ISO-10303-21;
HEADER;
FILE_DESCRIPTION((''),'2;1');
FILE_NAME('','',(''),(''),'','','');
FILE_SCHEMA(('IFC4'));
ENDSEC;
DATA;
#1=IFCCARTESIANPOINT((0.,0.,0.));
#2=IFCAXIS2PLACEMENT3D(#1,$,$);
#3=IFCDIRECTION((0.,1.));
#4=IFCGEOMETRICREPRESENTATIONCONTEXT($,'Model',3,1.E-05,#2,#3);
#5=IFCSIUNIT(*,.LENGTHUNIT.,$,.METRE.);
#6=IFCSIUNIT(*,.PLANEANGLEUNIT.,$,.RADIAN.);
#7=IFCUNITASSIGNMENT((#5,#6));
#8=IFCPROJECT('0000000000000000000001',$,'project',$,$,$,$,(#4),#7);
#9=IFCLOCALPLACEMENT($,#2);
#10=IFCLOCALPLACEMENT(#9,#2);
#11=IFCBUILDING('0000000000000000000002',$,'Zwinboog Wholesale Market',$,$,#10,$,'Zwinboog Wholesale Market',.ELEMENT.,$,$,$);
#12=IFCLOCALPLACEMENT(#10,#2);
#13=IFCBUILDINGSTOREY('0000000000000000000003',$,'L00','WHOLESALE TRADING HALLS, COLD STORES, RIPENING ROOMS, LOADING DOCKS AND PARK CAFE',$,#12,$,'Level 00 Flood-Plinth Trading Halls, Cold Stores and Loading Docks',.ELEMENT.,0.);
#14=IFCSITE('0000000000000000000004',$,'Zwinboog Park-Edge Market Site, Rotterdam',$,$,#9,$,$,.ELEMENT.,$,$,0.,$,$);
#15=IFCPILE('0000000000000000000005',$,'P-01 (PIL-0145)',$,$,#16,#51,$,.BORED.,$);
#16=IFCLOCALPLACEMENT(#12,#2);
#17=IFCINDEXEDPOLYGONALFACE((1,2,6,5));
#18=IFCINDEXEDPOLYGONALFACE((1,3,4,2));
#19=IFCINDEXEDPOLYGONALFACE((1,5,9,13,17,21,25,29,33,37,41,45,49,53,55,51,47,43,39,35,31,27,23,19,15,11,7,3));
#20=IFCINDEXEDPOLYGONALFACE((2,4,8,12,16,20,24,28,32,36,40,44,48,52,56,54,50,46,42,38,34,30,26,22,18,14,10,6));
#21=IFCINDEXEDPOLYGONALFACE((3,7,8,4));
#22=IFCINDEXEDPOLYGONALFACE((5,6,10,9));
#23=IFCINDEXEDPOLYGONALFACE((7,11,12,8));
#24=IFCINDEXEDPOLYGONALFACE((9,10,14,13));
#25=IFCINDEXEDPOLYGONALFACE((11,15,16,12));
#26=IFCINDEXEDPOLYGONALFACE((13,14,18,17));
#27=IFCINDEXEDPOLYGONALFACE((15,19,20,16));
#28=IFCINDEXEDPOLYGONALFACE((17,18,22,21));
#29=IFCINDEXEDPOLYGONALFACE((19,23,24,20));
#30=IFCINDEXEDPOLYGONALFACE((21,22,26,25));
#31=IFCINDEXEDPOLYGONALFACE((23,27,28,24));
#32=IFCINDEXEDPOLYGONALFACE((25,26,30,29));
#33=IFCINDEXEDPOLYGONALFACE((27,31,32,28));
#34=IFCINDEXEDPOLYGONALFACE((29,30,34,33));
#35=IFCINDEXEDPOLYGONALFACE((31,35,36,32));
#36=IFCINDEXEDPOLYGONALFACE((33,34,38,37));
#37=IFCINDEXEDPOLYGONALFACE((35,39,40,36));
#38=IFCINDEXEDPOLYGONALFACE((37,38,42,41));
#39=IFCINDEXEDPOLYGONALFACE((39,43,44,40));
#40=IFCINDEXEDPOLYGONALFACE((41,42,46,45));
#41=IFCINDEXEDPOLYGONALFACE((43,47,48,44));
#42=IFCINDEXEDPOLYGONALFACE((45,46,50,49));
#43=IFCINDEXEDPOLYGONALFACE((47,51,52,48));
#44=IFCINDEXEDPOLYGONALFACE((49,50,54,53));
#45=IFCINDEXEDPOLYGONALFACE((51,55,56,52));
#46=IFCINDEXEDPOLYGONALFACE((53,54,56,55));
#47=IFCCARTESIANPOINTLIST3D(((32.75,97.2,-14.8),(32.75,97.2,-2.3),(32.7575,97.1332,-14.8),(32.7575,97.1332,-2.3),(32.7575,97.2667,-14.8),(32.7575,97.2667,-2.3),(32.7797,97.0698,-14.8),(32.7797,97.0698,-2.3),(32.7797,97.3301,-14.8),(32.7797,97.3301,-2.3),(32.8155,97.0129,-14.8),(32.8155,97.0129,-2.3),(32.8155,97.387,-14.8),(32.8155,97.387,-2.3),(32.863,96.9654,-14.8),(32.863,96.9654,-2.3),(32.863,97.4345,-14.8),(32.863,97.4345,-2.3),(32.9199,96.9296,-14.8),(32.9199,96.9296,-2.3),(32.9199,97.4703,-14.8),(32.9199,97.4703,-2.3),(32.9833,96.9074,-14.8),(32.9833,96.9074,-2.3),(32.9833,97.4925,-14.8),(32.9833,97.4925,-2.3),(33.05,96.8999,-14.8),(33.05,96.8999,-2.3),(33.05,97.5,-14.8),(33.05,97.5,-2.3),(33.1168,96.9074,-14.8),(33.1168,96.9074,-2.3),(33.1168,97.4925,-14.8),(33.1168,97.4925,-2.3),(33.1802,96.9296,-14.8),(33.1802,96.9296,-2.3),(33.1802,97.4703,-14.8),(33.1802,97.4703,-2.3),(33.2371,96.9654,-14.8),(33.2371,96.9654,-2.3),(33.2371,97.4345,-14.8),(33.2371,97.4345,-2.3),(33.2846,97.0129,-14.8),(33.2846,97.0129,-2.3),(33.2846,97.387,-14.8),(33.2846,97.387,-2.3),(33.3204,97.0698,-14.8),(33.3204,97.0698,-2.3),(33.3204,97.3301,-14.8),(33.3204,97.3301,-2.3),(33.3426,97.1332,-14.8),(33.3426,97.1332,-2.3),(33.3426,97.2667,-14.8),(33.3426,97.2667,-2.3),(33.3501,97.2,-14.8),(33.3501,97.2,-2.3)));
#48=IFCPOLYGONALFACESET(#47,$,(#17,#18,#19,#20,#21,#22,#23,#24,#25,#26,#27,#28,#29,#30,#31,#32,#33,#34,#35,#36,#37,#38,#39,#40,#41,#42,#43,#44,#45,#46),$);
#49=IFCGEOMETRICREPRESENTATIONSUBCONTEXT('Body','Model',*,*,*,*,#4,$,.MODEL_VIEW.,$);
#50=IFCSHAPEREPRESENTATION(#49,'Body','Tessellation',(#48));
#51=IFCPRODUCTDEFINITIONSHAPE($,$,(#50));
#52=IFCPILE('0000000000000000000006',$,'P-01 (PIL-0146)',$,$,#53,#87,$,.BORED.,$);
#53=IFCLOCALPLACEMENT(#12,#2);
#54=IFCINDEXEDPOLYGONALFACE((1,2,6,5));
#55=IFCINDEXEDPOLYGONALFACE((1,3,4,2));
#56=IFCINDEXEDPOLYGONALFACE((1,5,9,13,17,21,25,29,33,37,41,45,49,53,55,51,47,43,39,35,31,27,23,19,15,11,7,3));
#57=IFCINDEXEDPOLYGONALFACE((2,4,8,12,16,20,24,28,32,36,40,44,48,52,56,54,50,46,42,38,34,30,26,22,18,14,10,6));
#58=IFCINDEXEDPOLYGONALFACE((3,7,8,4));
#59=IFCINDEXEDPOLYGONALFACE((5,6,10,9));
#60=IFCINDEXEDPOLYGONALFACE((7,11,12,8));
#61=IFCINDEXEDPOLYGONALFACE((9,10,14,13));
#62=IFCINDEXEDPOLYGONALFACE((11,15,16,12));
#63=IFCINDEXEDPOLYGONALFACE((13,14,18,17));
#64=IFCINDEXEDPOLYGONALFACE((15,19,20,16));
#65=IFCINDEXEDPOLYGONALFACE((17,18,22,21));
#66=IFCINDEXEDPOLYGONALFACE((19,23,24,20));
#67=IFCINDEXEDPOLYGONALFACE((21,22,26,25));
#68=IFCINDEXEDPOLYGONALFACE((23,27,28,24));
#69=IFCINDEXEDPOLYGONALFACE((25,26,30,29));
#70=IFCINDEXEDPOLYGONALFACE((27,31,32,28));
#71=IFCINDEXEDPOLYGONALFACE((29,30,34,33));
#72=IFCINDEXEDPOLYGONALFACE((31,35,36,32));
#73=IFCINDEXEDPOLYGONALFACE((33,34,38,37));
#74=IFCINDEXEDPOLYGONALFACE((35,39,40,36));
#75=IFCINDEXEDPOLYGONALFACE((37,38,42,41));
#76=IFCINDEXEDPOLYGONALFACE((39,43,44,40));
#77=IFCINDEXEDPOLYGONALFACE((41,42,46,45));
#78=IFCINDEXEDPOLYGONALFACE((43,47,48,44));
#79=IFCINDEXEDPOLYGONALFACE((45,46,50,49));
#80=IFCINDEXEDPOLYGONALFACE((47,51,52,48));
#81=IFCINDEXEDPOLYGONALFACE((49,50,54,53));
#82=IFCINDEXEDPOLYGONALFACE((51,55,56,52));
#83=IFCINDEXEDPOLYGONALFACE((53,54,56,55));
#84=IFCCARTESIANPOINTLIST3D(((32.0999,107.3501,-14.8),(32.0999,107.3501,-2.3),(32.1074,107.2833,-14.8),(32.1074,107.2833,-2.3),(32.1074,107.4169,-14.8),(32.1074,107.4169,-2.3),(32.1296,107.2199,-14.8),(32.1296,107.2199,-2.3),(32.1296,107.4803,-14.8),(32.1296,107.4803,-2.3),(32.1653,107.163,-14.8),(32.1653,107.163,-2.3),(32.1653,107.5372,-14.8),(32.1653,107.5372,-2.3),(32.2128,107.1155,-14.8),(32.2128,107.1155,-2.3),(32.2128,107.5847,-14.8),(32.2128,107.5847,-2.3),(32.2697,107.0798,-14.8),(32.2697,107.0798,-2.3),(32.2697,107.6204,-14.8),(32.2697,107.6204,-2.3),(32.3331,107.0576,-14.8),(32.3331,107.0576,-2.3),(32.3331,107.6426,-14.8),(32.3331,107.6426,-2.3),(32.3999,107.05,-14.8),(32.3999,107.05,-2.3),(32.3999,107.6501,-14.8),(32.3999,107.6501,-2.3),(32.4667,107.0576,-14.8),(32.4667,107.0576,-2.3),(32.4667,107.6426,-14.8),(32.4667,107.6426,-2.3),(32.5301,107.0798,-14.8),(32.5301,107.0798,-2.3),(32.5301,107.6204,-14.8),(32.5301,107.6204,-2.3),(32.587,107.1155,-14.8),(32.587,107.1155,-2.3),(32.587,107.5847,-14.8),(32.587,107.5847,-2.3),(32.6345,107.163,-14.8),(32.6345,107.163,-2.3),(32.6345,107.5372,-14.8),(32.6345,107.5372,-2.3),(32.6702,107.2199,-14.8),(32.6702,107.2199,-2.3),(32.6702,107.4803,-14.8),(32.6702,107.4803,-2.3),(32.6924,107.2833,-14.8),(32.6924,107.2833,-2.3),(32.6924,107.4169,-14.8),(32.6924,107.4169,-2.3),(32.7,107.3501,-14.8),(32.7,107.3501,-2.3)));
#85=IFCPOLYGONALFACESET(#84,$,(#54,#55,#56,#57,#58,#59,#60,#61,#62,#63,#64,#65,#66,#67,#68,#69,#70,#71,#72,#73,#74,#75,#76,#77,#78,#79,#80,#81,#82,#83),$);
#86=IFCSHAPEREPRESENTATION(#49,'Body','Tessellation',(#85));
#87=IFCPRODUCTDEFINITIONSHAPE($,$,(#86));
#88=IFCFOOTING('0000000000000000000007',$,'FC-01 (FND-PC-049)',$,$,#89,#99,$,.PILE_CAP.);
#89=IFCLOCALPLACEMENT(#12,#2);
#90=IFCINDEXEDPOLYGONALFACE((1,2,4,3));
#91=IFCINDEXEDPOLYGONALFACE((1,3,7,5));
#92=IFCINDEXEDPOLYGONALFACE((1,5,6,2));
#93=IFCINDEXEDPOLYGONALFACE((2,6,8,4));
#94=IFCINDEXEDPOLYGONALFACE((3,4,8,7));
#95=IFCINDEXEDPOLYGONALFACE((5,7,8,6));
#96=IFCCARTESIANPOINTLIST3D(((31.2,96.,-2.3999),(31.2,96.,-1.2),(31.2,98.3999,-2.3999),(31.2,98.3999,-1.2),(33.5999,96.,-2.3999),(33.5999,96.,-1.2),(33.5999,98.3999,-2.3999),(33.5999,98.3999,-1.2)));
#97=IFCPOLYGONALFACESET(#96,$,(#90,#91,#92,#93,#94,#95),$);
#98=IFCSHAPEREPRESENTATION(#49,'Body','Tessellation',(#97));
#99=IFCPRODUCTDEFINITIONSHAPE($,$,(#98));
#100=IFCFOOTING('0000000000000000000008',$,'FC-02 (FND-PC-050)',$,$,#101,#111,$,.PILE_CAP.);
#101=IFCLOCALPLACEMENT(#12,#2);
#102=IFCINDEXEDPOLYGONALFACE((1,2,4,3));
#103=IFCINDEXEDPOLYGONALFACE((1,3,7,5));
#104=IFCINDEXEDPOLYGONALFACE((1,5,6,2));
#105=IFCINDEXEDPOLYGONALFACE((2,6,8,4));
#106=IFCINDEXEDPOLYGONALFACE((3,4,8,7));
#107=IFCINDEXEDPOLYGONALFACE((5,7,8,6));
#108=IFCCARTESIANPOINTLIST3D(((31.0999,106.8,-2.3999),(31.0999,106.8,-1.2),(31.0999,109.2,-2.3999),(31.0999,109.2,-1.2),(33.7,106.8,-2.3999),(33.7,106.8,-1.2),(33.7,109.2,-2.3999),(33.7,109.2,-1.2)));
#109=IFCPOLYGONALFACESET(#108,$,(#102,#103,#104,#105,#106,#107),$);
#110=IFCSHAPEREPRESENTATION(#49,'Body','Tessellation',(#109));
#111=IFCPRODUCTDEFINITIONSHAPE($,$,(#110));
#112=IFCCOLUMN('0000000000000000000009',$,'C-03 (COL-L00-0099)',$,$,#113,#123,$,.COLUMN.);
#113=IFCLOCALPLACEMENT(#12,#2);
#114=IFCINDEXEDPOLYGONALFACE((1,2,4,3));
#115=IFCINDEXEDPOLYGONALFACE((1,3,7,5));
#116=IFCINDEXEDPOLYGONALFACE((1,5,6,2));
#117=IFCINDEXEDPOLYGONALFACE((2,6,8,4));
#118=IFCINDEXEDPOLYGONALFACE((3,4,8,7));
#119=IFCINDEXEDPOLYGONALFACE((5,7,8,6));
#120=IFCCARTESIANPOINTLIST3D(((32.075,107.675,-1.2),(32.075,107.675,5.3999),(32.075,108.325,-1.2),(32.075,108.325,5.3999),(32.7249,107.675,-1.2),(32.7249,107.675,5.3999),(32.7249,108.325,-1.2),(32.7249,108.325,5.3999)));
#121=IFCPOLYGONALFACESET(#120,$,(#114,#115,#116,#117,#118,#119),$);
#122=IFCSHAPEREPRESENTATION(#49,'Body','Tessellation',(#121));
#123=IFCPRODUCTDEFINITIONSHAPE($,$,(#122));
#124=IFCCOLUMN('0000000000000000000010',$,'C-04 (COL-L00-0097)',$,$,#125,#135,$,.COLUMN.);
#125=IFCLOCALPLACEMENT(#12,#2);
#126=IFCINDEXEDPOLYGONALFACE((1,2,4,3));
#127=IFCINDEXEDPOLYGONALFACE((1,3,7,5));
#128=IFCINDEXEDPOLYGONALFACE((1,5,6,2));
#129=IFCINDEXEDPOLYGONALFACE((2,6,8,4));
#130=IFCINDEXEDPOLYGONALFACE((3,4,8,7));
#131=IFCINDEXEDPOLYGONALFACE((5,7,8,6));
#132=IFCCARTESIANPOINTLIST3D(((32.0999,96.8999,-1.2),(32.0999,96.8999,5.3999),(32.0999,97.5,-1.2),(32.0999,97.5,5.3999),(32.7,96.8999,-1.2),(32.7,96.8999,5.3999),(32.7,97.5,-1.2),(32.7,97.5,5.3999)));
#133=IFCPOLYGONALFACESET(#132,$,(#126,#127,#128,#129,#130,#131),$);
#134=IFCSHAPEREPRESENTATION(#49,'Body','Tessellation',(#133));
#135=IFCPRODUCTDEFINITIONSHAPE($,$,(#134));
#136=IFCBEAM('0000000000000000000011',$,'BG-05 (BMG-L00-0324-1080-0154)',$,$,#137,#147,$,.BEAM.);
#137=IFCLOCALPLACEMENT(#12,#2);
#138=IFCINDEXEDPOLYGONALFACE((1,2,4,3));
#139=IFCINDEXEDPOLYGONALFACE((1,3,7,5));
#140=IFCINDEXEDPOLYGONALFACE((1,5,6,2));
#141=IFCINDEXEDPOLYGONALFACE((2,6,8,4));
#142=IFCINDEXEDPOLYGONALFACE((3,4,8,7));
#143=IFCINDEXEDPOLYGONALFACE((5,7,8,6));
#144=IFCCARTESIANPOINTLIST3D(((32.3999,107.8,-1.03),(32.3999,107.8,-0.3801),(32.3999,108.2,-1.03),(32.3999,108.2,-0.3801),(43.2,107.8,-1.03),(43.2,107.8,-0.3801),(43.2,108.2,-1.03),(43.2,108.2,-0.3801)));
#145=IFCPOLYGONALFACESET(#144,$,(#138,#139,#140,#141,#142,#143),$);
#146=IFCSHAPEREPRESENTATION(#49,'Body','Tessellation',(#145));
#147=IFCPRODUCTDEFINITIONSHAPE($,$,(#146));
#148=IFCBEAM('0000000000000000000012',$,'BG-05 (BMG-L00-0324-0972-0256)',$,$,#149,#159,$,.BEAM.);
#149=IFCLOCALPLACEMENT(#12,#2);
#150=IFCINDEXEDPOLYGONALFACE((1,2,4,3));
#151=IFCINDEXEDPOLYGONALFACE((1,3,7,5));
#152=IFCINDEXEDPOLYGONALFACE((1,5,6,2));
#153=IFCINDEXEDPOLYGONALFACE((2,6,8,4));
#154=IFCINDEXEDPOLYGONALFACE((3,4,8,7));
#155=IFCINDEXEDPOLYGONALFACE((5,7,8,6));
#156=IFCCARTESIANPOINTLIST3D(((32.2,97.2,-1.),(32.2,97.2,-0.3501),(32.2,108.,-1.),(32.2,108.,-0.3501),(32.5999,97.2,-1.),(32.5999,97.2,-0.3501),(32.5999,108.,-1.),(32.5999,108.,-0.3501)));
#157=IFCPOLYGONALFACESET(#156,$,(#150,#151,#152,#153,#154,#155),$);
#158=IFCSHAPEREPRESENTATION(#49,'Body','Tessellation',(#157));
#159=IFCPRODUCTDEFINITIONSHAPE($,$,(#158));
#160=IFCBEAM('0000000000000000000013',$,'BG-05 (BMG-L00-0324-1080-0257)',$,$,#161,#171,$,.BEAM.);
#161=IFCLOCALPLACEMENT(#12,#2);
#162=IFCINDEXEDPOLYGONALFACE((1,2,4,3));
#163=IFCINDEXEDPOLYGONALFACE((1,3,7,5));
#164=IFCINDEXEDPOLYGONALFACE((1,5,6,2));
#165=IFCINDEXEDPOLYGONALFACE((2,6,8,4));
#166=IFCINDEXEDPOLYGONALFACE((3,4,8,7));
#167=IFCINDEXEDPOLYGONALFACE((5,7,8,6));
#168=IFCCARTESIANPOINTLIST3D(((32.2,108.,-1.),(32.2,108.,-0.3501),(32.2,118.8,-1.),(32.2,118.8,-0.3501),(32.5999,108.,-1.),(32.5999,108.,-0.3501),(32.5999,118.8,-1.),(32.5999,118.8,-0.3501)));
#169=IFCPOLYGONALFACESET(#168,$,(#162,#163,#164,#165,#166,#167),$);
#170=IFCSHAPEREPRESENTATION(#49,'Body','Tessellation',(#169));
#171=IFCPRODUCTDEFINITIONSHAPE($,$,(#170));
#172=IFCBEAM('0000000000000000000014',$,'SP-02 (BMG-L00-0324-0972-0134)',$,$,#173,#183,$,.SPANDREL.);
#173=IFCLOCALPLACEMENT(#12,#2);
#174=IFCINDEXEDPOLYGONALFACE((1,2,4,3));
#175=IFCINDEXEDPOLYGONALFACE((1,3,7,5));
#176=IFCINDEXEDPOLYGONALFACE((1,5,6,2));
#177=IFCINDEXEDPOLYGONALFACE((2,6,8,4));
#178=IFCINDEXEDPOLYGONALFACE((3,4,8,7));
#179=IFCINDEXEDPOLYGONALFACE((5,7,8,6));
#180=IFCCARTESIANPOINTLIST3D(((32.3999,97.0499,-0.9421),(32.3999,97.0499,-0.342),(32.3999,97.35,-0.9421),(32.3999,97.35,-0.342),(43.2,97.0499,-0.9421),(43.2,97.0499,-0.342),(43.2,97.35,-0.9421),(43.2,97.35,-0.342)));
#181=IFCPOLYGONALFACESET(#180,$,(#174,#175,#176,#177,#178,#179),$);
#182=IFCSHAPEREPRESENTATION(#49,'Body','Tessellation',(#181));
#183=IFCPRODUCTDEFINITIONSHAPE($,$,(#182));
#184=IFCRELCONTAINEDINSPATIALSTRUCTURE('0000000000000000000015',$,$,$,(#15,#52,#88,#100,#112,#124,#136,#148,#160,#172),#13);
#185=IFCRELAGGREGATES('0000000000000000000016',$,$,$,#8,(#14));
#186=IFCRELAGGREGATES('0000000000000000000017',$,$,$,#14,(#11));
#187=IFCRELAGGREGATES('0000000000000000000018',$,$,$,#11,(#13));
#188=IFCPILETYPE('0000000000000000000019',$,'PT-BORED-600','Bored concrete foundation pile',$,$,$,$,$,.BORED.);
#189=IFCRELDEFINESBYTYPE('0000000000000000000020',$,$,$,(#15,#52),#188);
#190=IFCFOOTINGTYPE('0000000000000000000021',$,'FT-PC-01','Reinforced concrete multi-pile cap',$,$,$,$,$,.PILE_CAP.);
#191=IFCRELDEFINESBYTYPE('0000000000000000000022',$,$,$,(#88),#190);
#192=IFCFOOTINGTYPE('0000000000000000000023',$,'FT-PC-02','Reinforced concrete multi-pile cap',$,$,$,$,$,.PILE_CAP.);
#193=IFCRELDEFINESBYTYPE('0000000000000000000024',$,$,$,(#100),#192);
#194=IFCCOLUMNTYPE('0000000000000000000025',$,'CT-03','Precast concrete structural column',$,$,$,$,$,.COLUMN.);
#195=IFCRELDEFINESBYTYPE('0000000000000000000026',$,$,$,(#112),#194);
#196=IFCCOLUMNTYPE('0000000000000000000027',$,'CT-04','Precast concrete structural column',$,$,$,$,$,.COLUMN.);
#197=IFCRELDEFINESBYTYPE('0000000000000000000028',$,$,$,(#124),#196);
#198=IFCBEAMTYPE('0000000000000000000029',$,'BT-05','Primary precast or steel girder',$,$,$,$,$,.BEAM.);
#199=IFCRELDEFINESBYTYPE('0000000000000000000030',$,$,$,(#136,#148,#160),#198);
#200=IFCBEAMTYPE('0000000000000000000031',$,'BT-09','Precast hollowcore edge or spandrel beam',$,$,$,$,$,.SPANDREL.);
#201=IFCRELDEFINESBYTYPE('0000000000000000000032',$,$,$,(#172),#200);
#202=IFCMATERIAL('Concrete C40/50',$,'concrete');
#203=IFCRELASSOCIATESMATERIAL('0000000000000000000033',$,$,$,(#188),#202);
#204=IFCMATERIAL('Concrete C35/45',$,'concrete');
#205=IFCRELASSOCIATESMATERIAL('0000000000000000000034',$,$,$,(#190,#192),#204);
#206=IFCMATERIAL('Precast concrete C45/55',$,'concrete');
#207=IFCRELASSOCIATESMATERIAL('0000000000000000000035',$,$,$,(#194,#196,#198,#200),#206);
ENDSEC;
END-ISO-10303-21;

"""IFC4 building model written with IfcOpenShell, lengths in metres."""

from ifc_helpers import new_model, si_unit, direction, frame, origin, origin_2d, place, context, subcontext, project, spatial, rectangle, circle, extrude, material, material_profile, profile_set, type_object, element, save


model = new_model("IFC4")

# Units and contexts
model_context = context("Model", 3, precision=1e-05, world=origin(), true_north=direction((0.0, 1.0)))
body_context = subcontext(model_context, "Body", "Model", "MODEL_VIEW")
ifc_project = project(units=[si_unit("LENGTHUNIT", "METRE"), si_unit("PLANEANGLEUNIT", "RADIAN")], contexts=[model_context])

# Site, building, storey
site_placement = place(None, origin())
site = spatial("IfcSite", under=ifc_project, at=site_placement, Name="Zwinboog Park-Edge Market Site, Rotterdam", CompositionType="ELEMENT", RefElevation=0.0)
building_placement = place(site_placement, origin())
building = spatial("IfcBuilding", under=site, at=building_placement, Name="Zwinboog Wholesale Market", LongName="Zwinboog Wholesale Market", CompositionType="ELEMENT")
storey_placement = place(building_placement, origin())
storey = spatial("IfcBuildingStorey", under=building, at=storey_placement, Name="L00", Description="WHOLESALE TRADING HALLS, COLD STORES, RIPENING ROOMS, LOADING DOCKS AND PARK CAFE", LongName="Level 00 Flood-Plinth Trading Halls, Cold Stores and Loading Docks", CompositionType="ELEMENT", Elevation=0.0)

# Piles
ifc_material_1 = material(Name="Concrete C40/50", Category="concrete")
ifc_material_profile_1 = material_profile(ifc_material_1, circle(Radius=0.3, at=origin_2d()), Name="PILE D600")
ifc_profile_set_1 = profile_set([ifc_material_profile_1], Name="Concrete C40/50")
pile_type = type_object("IfcPileType", Name="PT-BORED-600", Description="Bored concrete foundation pile", PredefinedType="BORED", material=ifc_profile_set_1)
for number, where, z_axis, x_axis, name in (
    (1, (33.05, 97.2, -2.3), (0.0, 0.0, -1.0), (1.0, 0.0, 0.0), "P-01 (PIL-0145)"),
    (2, (32.3999, 107.3501, -2.3), (0.0, 0.0, -1.0), (1.0, 0.0, 0.0), "P-01 (PIL-0146)"),
):
    element("IfcPile", number, at=place(storey_placement, frame(where, z_axis=z_axis, x_axis=x_axis)), inside=storey, type_object=pile_type, Name=name, PredefinedType="BORED", context=body_context, shape_type="SweptSolid", body=[
        extrude(circle(Radius=0.3, at=origin_2d()), origin(), (0.0, 0.0, 1.0), 12.5),
    ])

# Footings
ifc_material_2 = material(Name="Concrete C35/45", Category="concrete")
footing_type_1 = type_object("IfcFootingType", Name="FT-PC-01", Description="Reinforced concrete multi-pile cap", PredefinedType="PILE_CAP", material=ifc_material_2)
footing_1_placement = place(storey_placement, frame((32.3999, 97.2, -2.3999), z_axis=(0.0, 0.0, 1.0), x_axis=(1.0, 0.0, 0.0)))
element("IfcFooting", 3, at=footing_1_placement, inside=storey, type_object=footing_type_1, Name="FC-01 (FND-PC-049)", PredefinedType="PILE_CAP", context=body_context, shape_type="SweptSolid", body=[
    extrude(rectangle(XDim=2.3999, YDim=2.3999, at=origin_2d()), origin(), (0.0, 0.0, 1.0), 1.2),
])
footing_type_2 = type_object("IfcFootingType", Name="FT-PC-02", Description="Reinforced concrete multi-pile cap", PredefinedType="PILE_CAP", material=ifc_material_2)
footing_2_placement = place(storey_placement, frame((32.3999, 108.0, -2.3999), z_axis=(0.0, 0.0, 1.0), x_axis=(1.0, 0.0, 0.0)))
element("IfcFooting", 4, at=footing_2_placement, inside=storey, type_object=footing_type_2, Name="FC-02 (FND-PC-050)", PredefinedType="PILE_CAP", context=body_context, shape_type="SweptSolid", body=[
    extrude(rectangle(XDim=2.6001, YDim=2.3999, at=origin_2d()), origin(), (0.0, 0.0, 1.0), 1.2),
])

# Columns
ifc_material_3 = material(Name="Precast concrete C45/55", Category="concrete")
ifc_material_profile_2 = material_profile(ifc_material_3, rectangle(XDim=0.6499, YDim=0.6499, at=origin_2d()), Name="PC 650x650")
ifc_profile_set_2 = profile_set([ifc_material_profile_2], Name="Precast concrete C45/55")
column_type_1 = type_object("IfcColumnType", Name="CT-03", Description="Precast concrete structural column", PredefinedType="COLUMN", material=ifc_profile_set_2)
column_1_placement = place(storey_placement, frame((32.3999, 108.0, -1.2), z_axis=(0.0, 0.0, 1.0), x_axis=(1.0, 0.0, 0.0)))
element("IfcColumn", 5, at=column_1_placement, inside=storey, type_object=column_type_1, Name="C-03 (COL-L00-0099)", PredefinedType="COLUMN", context=body_context, shape_type="SweptSolid", body=[
    extrude(rectangle(XDim=0.6499, YDim=0.6499, at=origin_2d()), origin(), (0.0, 0.0, 1.0), 6.5999),
])
ifc_material_profile_3 = material_profile(ifc_material_3, rectangle(XDim=0.6001, YDim=0.6001, at=origin_2d()), Name="PC 600x600")
ifc_profile_set_3 = profile_set([ifc_material_profile_3], Name="Precast concrete C45/55")
column_type_2 = type_object("IfcColumnType", Name="CT-04", Description="Precast concrete structural column", PredefinedType="COLUMN", material=ifc_profile_set_3)
column_2_placement = place(storey_placement, frame((32.3999, 97.2, -1.2), z_axis=(0.0, 0.0, 1.0), x_axis=(1.0, 0.0, 0.0)))
element("IfcColumn", 6, at=column_2_placement, inside=storey, type_object=column_type_2, Name="C-04 (COL-L00-0097)", PredefinedType="COLUMN", context=body_context, shape_type="SweptSolid", body=[
    extrude(rectangle(XDim=0.6001, YDim=0.6001, at=origin_2d()), origin(), (0.0, 0.0, 1.0), 6.5999),
])

# Beams
ifc_material_profile_4 = material_profile(ifc_material_3, rectangle(XDim=0.3999, YDim=0.6499, at=origin_2d()), Name="PC 400x650")
ifc_profile_set_4 = profile_set([ifc_material_profile_4], Name="Precast concrete C45/55")
beam_type_1 = type_object("IfcBeamType", Name="BT-05", Description="Primary precast or steel girder", PredefinedType="BEAM", material=ifc_profile_set_4)
for number, where, z_axis, x_axis, name in (
    (7, (32.3999, 108.0, -0.7051), (1.0, 0.0, 0.0), (0.0, 1.0, 0.0), "BG-05 (BMG-L00-0324-1080-0154)"),
    (8, (32.3999, 97.2, -0.675), (0.0, 1.0, 0.0), (-1.0, 0.0, 0.0), "BG-05 (BMG-L00-0324-0972-0256)"),
    (9, (32.3999, 108.0, -0.675), (0.0, 1.0, 0.0), (-1.0, 0.0, 0.0), "BG-05 (BMG-L00-0324-1080-0257)"),
):
    element("IfcBeam", number, at=place(storey_placement, frame(where, z_axis=z_axis, x_axis=x_axis)), inside=storey, type_object=beam_type_1, Name=name, PredefinedType="BEAM", context=body_context, shape_type="SweptSolid", body=[
        extrude(rectangle(XDim=0.3999, YDim=0.6499, at=origin_2d()), origin(), (0.0, 0.0, 1.0), 10.8),
    ])
ifc_material_profile_5 = material_profile(ifc_material_3, rectangle(XDim=0.3, YDim=0.6001, at=origin_2d()), Name="PC 300x600")
ifc_profile_set_5 = profile_set([ifc_material_profile_5], Name="Precast concrete C45/55")
beam_type_2 = type_object("IfcBeamType", Name="BT-09", Description="Precast hollowcore edge or spandrel beam", PredefinedType="SPANDREL", material=ifc_profile_set_5)
beam_1_placement = place(storey_placement, frame((32.3999, 97.2, -0.6421), z_axis=(1.0, 0.0, 0.0), x_axis=(0.0, 1.0, 0.0)))
element("IfcBeam", 10, at=beam_1_placement, inside=storey, type_object=beam_type_2, Name="SP-02 (BMG-L00-0324-0972-0134)", PredefinedType="SPANDREL", context=body_context, shape_type="SweptSolid", body=[
    extrude(rectangle(XDim=0.3, YDim=0.6001, at=origin_2d()), origin(), (0.0, 0.0, 1.0), 10.8),
])

save(model, "model.ifc")
